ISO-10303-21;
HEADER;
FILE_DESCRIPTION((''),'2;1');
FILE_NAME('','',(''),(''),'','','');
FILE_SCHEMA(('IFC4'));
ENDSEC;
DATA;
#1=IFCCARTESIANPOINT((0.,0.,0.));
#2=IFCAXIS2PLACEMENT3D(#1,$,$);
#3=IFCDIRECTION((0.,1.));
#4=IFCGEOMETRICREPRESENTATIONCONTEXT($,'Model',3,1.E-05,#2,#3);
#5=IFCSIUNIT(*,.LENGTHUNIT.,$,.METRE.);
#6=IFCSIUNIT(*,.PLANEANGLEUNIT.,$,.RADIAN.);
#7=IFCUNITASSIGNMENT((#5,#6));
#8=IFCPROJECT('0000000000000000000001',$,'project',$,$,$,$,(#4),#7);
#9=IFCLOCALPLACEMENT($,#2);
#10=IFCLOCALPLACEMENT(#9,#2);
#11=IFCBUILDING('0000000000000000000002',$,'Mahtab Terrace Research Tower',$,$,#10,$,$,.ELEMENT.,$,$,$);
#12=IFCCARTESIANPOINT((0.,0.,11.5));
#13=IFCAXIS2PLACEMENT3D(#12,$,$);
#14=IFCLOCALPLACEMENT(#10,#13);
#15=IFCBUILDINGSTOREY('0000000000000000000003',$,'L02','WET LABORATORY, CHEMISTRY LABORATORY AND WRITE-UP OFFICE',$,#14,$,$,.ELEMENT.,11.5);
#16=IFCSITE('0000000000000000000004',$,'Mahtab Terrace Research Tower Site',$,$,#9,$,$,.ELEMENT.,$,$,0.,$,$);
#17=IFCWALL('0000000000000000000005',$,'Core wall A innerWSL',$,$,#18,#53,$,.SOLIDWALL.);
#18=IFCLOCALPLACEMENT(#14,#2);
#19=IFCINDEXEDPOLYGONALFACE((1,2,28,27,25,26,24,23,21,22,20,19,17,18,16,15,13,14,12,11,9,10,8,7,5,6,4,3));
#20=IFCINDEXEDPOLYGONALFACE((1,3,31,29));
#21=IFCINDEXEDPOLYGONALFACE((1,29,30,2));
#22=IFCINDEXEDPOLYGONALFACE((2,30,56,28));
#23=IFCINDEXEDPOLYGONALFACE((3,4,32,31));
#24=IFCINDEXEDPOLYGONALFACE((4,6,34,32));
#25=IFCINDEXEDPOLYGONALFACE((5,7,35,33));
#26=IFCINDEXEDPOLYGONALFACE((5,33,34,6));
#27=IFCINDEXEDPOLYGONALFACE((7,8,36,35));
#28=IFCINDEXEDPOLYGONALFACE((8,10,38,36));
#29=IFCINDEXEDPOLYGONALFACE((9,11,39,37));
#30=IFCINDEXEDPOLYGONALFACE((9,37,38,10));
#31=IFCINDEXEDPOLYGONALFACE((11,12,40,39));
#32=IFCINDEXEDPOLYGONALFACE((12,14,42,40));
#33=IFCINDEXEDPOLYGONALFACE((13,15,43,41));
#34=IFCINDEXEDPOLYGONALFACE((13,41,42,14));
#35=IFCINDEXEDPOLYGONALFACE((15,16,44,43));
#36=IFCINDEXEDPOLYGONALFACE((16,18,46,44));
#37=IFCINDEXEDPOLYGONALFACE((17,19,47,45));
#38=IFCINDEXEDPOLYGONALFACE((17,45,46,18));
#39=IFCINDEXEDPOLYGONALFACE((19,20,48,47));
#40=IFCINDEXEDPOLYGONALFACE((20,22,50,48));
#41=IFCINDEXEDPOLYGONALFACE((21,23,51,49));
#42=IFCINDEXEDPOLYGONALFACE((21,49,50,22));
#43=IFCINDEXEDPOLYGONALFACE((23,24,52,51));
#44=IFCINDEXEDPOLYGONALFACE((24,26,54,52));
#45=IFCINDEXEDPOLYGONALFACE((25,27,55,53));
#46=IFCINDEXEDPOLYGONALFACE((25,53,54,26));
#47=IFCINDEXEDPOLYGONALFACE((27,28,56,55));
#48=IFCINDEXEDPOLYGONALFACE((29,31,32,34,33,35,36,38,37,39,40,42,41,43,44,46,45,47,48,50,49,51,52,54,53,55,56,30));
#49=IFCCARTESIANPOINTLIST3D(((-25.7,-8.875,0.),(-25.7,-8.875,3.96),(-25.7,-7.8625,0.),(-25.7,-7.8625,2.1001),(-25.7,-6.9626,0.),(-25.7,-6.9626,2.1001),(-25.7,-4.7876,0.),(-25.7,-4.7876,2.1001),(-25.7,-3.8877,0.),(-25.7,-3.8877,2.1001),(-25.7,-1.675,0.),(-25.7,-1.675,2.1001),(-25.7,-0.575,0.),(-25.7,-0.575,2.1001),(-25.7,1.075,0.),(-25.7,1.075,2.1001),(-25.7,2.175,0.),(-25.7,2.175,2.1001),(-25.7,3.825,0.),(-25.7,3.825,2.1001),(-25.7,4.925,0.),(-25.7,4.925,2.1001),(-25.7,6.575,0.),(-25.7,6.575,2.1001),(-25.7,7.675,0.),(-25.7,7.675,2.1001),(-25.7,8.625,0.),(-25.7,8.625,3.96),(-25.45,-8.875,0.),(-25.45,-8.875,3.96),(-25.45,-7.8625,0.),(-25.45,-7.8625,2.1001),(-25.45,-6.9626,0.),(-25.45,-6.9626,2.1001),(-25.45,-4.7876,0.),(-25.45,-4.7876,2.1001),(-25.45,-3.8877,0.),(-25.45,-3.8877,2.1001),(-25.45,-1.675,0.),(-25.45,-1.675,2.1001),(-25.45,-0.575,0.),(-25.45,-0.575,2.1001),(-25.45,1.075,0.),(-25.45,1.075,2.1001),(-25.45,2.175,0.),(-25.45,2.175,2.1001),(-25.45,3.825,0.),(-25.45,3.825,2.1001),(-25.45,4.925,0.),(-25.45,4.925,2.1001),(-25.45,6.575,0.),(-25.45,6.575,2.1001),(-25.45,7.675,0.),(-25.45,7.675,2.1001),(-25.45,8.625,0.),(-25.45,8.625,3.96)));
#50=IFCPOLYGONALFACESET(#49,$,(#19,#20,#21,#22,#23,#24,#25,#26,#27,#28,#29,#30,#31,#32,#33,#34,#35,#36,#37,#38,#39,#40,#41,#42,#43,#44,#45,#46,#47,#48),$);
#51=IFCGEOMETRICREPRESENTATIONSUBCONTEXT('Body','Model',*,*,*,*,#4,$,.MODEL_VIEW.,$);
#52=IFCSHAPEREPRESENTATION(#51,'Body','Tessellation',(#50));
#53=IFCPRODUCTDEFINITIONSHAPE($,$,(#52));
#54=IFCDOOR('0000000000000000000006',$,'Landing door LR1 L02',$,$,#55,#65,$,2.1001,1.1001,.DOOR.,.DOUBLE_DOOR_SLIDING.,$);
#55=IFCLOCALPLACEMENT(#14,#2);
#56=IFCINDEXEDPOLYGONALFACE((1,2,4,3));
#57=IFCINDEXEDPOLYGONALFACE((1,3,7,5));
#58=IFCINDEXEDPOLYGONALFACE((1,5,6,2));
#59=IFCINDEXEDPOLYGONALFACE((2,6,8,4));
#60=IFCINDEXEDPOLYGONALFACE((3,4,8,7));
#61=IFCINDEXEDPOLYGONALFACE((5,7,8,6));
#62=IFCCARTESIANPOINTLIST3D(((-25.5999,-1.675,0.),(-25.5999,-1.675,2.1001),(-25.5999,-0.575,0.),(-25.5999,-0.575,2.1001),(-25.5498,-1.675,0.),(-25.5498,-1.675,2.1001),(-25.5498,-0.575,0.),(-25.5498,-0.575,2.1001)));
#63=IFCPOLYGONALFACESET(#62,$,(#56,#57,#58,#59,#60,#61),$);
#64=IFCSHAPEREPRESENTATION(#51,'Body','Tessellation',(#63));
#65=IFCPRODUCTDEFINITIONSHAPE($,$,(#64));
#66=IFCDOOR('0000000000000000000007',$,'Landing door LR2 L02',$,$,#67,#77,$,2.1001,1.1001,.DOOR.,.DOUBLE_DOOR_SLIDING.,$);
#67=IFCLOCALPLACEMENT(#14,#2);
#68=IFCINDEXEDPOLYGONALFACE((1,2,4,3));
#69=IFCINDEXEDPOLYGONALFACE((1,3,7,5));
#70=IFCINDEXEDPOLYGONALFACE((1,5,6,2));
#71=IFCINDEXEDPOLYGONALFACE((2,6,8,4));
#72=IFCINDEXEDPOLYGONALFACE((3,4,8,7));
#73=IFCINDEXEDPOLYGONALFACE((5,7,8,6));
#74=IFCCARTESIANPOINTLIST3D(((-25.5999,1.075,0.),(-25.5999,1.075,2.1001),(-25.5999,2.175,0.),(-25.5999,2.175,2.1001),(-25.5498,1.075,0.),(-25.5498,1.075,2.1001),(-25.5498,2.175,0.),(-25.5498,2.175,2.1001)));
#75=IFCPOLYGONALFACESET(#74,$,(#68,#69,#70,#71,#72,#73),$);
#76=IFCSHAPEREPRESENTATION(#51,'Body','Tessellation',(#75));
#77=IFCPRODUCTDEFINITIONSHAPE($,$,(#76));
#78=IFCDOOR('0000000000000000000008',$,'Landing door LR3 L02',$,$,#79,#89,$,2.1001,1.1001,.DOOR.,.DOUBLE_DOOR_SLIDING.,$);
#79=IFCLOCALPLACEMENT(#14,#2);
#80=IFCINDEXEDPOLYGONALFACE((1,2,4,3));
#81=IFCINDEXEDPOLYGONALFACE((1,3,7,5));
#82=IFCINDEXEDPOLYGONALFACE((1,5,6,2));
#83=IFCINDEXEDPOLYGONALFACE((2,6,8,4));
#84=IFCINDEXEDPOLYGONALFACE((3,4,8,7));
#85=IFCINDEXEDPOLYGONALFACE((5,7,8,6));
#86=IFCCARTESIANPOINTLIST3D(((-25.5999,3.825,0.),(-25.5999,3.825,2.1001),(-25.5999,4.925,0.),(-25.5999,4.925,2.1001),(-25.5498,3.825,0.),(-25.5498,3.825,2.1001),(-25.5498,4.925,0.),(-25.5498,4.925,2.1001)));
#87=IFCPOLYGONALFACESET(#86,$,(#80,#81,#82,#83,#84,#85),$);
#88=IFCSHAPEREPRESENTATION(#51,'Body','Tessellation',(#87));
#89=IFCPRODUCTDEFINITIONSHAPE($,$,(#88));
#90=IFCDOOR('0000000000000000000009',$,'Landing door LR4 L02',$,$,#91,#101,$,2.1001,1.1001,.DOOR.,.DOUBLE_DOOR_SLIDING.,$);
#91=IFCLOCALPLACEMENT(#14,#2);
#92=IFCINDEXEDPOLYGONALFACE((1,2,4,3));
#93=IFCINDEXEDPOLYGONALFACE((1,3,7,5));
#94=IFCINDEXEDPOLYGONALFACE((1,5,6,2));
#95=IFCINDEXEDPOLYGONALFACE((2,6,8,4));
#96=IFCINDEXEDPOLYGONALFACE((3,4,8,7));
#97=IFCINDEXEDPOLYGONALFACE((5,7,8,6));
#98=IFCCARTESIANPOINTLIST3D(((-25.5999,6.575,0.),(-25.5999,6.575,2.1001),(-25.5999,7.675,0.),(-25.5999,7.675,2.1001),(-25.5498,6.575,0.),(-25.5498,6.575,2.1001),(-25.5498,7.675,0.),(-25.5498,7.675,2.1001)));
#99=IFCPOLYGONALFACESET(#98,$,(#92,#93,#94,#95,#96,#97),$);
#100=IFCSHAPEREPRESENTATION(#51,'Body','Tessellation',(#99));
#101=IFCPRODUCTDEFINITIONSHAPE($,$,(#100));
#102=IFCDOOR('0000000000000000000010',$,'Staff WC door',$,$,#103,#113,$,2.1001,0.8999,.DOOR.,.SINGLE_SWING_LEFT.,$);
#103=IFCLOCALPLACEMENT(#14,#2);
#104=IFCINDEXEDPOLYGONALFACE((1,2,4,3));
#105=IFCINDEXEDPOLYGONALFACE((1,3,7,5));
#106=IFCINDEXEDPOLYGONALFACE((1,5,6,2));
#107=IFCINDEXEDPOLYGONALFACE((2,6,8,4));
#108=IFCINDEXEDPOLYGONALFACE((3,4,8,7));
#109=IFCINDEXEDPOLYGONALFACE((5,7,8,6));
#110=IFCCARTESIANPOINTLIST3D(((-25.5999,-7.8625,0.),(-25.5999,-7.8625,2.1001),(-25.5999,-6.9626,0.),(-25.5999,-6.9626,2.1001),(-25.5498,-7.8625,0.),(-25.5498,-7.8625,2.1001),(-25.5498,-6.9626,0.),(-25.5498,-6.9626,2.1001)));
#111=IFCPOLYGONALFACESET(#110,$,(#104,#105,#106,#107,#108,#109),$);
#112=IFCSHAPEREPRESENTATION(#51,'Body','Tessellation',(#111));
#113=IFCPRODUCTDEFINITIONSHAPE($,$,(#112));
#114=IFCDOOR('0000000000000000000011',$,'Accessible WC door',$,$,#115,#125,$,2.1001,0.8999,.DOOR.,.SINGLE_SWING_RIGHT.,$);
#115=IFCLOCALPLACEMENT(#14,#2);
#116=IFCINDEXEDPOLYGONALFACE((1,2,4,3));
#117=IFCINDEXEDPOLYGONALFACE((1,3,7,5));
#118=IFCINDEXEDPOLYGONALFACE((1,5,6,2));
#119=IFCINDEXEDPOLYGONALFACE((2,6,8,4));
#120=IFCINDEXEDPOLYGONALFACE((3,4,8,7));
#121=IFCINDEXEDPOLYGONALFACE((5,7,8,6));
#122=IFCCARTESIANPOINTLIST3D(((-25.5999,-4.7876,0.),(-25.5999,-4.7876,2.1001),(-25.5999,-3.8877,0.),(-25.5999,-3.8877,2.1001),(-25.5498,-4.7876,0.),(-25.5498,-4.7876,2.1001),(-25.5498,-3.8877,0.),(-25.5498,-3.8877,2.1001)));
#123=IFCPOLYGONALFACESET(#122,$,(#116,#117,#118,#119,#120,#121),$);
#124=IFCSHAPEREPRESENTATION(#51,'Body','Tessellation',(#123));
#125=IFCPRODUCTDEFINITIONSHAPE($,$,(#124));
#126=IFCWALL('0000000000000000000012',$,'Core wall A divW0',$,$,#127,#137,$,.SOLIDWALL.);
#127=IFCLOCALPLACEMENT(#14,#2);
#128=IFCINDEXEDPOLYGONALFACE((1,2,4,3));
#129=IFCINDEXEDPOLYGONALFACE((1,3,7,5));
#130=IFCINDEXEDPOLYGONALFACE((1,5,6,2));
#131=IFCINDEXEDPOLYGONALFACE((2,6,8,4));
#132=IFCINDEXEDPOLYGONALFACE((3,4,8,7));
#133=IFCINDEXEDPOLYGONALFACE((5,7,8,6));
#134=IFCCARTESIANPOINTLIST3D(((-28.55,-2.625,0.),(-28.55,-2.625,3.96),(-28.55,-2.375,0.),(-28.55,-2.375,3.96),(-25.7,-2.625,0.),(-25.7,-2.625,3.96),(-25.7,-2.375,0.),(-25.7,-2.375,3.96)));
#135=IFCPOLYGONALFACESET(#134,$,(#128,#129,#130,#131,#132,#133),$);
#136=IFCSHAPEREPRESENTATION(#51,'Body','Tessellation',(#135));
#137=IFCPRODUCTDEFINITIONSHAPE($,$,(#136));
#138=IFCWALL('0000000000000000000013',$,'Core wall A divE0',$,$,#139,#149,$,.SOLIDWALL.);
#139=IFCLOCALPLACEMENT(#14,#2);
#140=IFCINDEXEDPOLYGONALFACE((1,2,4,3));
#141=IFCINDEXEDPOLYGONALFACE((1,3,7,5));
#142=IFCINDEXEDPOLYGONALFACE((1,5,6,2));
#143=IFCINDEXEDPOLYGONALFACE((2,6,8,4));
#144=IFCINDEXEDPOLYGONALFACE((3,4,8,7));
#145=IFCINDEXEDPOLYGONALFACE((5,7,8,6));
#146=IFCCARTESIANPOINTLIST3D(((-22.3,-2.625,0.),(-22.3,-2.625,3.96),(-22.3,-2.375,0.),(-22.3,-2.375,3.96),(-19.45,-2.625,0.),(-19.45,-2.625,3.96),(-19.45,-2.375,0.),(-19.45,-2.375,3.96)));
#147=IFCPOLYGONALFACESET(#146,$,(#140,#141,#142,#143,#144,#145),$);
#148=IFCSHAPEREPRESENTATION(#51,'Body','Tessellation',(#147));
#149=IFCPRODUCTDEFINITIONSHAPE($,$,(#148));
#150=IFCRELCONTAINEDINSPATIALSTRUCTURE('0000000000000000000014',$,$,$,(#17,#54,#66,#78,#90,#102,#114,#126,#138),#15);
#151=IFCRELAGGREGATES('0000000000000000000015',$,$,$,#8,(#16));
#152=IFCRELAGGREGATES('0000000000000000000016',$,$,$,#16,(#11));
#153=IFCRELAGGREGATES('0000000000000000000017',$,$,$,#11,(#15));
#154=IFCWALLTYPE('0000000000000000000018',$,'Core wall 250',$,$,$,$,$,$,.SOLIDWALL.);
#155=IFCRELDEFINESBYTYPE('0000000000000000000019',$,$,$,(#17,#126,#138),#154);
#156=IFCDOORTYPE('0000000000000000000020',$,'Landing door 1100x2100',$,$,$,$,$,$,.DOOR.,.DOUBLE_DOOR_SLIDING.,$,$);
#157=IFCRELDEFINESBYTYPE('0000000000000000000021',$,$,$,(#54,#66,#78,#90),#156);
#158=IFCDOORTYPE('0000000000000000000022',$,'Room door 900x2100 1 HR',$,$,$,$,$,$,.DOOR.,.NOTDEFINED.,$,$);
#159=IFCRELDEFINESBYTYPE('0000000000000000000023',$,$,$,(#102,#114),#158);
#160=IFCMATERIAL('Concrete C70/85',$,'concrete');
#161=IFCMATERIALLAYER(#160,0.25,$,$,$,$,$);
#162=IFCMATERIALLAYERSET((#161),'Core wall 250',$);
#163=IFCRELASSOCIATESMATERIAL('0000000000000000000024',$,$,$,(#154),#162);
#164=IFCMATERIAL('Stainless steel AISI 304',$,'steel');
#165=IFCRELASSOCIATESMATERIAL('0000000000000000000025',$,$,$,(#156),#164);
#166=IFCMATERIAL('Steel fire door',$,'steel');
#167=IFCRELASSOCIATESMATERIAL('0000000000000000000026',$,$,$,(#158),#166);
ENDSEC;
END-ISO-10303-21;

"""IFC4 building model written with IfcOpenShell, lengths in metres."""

from ifc_helpers import new_model, si_unit, direction, frame, frame_2d, origin, place, context, subcontext, project, spatial, rectangle, extrude, material, layer, layer_set, type_object, element, fill, save


model = new_model("IFC4")

# Units and contexts
model_context = context("Model", 3, precision=1e-05, world=origin(), true_north=direction((0.0, 1.0)))
body_context = subcontext(model_context, "Body", "Model", "MODEL_VIEW")
ifc_project = project(units=[si_unit("LENGTHUNIT", "METRE"), si_unit("PLANEANGLEUNIT", "RADIAN")], contexts=[model_context])

# Site, building, storey
site_placement = place(None, origin())
site = spatial("IfcSite", under=ifc_project, at=site_placement, Name="Mahtab Terrace Research Tower Site", CompositionType="ELEMENT", RefElevation=0.0)
building_placement = place(site_placement, origin())
building = spatial("IfcBuilding", under=site, at=building_placement, Name="Mahtab Terrace Research Tower", CompositionType="ELEMENT")
storey_placement = place(building_placement, frame((0.0, 0.0, 11.5)))
storey = spatial("IfcBuildingStorey", under=building, at=storey_placement, Name="L02", Description="WET LABORATORY, CHEMISTRY LABORATORY AND WRITE-UP OFFICE", CompositionType="ELEMENT", Elevation=11.5)

# Shared definitions
ifc_material_1 = material(Name="Concrete C70/85", Category="concrete")

# Shared definitions
ifc_layer_1 = layer(ifc_material_1, 0.25)
ifc_layer_set_1 = layer_set([ifc_layer_1], Name="Core wall 250")
wall_type_1 = type_object("IfcWallType", Name="Core wall 250", PredefinedType="SOLIDWALL", material=ifc_layer_set_1)
ifc_material_2 = material(Name="Steel fire door", Category="steel")

# Wall, openings, doors
wall_1_placement = place(storey_placement, frame((-25.575, -8.875, 0.0), z_axis=(0.0, 0.0, 1.0), x_axis=(0.0, 1.0, 0.0)))
wall_1 = element("IfcWall", 1, at=wall_1_placement, inside=storey, type_object=wall_type_1, Name="Core wall A innerWSL", PredefinedType="SOLIDWALL", context=body_context, shape_type="SweptSolid", body=[
    extrude(rectangle(XDim=17.5, YDim=0.25, at=frame_2d((8.75, 0.0))), origin(), (0.0, 0.0, 1.0), 3.96),
])
opening_1_placement = place(wall_1_placement, frame((7.2, 0.0, 0.0)))
opening_1 = element("IfcOpeningElement", 2, at=opening_1_placement, cuts=wall_1, PredefinedType="OPENING", context=body_context, shape_type="SweptSolid", body=[
    extrude(rectangle(XDim=1.1001, YDim=2.1001, at=frame_2d((0.55, 1.05))), frame((0.0, 0.135, 0.0), z_axis=(0.0, -1.0, 0.0), x_axis=(1.0, 0.0, 0.0)), (0.0, 0.0, 1.0), 0.27),
])
opening_2_placement = place(wall_1_placement, frame((9.95, 0.0, 0.0)))
opening_2 = element("IfcOpeningElement", 3, at=opening_2_placement, cuts=wall_1, PredefinedType="OPENING", context=body_context, shape_type="SweptSolid", body=[
    extrude(rectangle(XDim=1.1001, YDim=2.1001, at=frame_2d((0.55, 1.05))), frame((0.0, 0.135, 0.0), z_axis=(0.0, -1.0, 0.0), x_axis=(1.0, 0.0, 0.0)), (0.0, 0.0, 1.0), 0.27),
])
opening_3_placement = place(wall_1_placement, frame((12.7, 0.0, 0.0)))
opening_3 = element("IfcOpeningElement", 4, at=opening_3_placement, cuts=wall_1, PredefinedType="OPENING", context=body_context, shape_type="SweptSolid", body=[
    extrude(rectangle(XDim=1.1001, YDim=2.1001, at=frame_2d((0.55, 1.05))), frame((0.0, 0.135, 0.0), z_axis=(0.0, -1.0, 0.0), x_axis=(1.0, 0.0, 0.0)), (0.0, 0.0, 1.0), 0.27),
])
opening_4_placement = place(wall_1_placement, frame((15.45, 0.0, 0.0)))
opening_4 = element("IfcOpeningElement", 5, at=opening_4_placement, cuts=wall_1, PredefinedType="OPENING", context=body_context, shape_type="SweptSolid", body=[
    extrude(rectangle(XDim=1.1001, YDim=2.1001, at=frame_2d((0.55, 1.05))), frame((0.0, 0.135, 0.0), z_axis=(0.0, -1.0, 0.0), x_axis=(1.0, 0.0, 0.0)), (0.0, 0.0, 1.0), 0.27),
])
opening_5_placement = place(wall_1_placement, frame((1.0125, 0.0, 0.0)))
opening_5 = element("IfcOpeningElement", 6, at=opening_5_placement, cuts=wall_1, PredefinedType="OPENING", context=body_context, shape_type="SweptSolid", body=[
    extrude(rectangle(XDim=0.8999, YDim=2.1001, at=frame_2d((0.45, 1.05))), frame((0.0, 0.135, 0.0), z_axis=(0.0, -1.0, 0.0), x_axis=(1.0, 0.0, 0.0)), (0.0, 0.0, 1.0), 0.27),
])
opening_6_placement = place(wall_1_placement, frame((4.0874, 0.0, 0.0)))
opening_6 = element("IfcOpeningElement", 7, at=opening_6_placement, cuts=wall_1, PredefinedType="OPENING", context=body_context, shape_type="SweptSolid", body=[
    extrude(rectangle(XDim=0.8999, YDim=2.1001, at=frame_2d((0.45, 1.05))), frame((0.0, 0.135, 0.0), z_axis=(0.0, -1.0, 0.0), x_axis=(1.0, 0.0, 0.0)), (0.0, 0.0, 1.0), 0.27),
])
ifc_material_3 = material(Name="Stainless steel AISI 304", Category="steel")
door_type_1 = type_object("IfcDoorType", Name="Landing door 1100x2100", OperationType="DOUBLE_DOOR_SLIDING", PredefinedType="DOOR", material=ifc_material_3)
door_1_placement = place(opening_1_placement, origin())
door_1 = element("IfcDoor", 8, at=door_1_placement, inside=storey, type_object=door_type_1, Name="Landing door LR1 L02", OperationType="DOUBLE_DOOR_SLIDING", OverallHeight=2.1001, OverallWidth=1.1001, PredefinedType="DOOR", context=body_context, shape_type="SweptSolid", body=[
    extrude(rectangle(XDim=1.1001, YDim=2.1001, at=frame_2d((0.55, 1.05))), frame((0.0, 0.0249, 0.0), z_axis=(0.0, -1.0, 0.0), x_axis=(1.0, 0.0, 0.0)), (0.0, 0.0, 1.0), 0.05),
])
fill(opening_1, door_1)
door_2_placement = place(opening_2_placement, origin())
door_2 = element("IfcDoor", 9, at=door_2_placement, inside=storey, type_object=door_type_1, Name="Landing door LR2 L02", OperationType="DOUBLE_DOOR_SLIDING", OverallHeight=2.1001, OverallWidth=1.1001, PredefinedType="DOOR", context=body_context, shape_type="SweptSolid", body=[
    extrude(rectangle(XDim=1.1001, YDim=2.1001, at=frame_2d((0.55, 1.05))), frame((0.0, 0.0249, 0.0), z_axis=(0.0, -1.0, 0.0), x_axis=(1.0, 0.0, 0.0)), (0.0, 0.0, 1.0), 0.05),
])
fill(opening_2, door_2)
door_3_placement = place(opening_3_placement, origin())
door_3 = element("IfcDoor", 10, at=door_3_placement, inside=storey, type_object=door_type_1, Name="Landing door LR3 L02", OperationType="DOUBLE_DOOR_SLIDING", OverallHeight=2.1001, OverallWidth=1.1001, PredefinedType="DOOR", context=body_context, shape_type="SweptSolid", body=[
    extrude(rectangle(XDim=1.1001, YDim=2.1001, at=frame_2d((0.55, 1.05))), frame((0.0, 0.0249, 0.0), z_axis=(0.0, -1.0, 0.0), x_axis=(1.0, 0.0, 0.0)), (0.0, 0.0, 1.0), 0.05),
])
fill(opening_3, door_3)
door_4_placement = place(opening_4_placement, origin())
door_4 = element("IfcDoor", 11, at=door_4_placement, inside=storey, type_object=door_type_1, Name="Landing door LR4 L02", OperationType="DOUBLE_DOOR_SLIDING", OverallHeight=2.1001, OverallWidth=1.1001, PredefinedType="DOOR", context=body_context, shape_type="SweptSolid", body=[
    extrude(rectangle(XDim=1.1001, YDim=2.1001, at=frame_2d((0.55, 1.05))), frame((0.0, 0.0249, 0.0), z_axis=(0.0, -1.0, 0.0), x_axis=(1.0, 0.0, 0.0)), (0.0, 0.0, 1.0), 0.05),
])
fill(opening_4, door_4)
door_type_2 = type_object("IfcDoorType", Name="Room door 900x2100 1 HR", OperationType="NOTDEFINED", PredefinedType="DOOR", material=ifc_material_2)
door_5_placement = place(opening_5_placement, origin())
door_5 = element("IfcDoor", 12, at=door_5_placement, inside=storey, type_object=door_type_2, Name="Staff WC door", OperationType="SINGLE_SWING_LEFT", OverallHeight=2.1001, OverallWidth=0.8999, PredefinedType="DOOR", context=body_context, shape_type="SweptSolid", body=[
    extrude(rectangle(XDim=0.8999, YDim=2.1001, at=frame_2d((0.45, 1.05))), frame((0.0, 0.0249, 0.0), z_axis=(0.0, -1.0, 0.0), x_axis=(1.0, 0.0, 0.0)), (0.0, 0.0, 1.0), 0.05),
])
fill(opening_5, door_5)
door_6_placement = place(opening_6_placement, origin())
door_6 = element("IfcDoor", 13, at=door_6_placement, inside=storey, type_object=door_type_2, Name="Accessible WC door", OperationType="SINGLE_SWING_RIGHT", OverallHeight=2.1001, OverallWidth=0.8999, PredefinedType="DOOR", context=body_context, shape_type="SweptSolid", body=[
    extrude(rectangle(XDim=0.8999, YDim=2.1001, at=frame_2d((0.45, 1.05))), frame((0.0, 0.0249, 0.0), z_axis=(0.0, -1.0, 0.0), x_axis=(1.0, 0.0, 0.0)), (0.0, 0.0, 1.0), 0.05),
])
fill(opening_6, door_6)

# Walls
for number, where, z_axis, x_axis, name in (
    (14, (-28.55, -2.5, 0.0), (0.0, 0.0, 1.0), (1.0, 0.0, 0.0), "Core wall A divW0"),
    (15, (-22.3, -2.5, 0.0), (0.0, 0.0, 1.0), (1.0, 0.0, 0.0), "Core wall A divE0"),
):
    element("IfcWall", number, at=place(storey_placement, frame(where, z_axis=z_axis, x_axis=x_axis)), inside=storey, type_object=wall_type_1, Name=name, PredefinedType="SOLIDWALL", context=body_context, shape_type="SweptSolid", body=[
        extrude(rectangle(XDim=2.8501, YDim=0.25, at=frame_2d((1.425, 0.0))), origin(), (0.0, 0.0, 1.0), 3.96),
    ])

save(model, "model.ifc")
